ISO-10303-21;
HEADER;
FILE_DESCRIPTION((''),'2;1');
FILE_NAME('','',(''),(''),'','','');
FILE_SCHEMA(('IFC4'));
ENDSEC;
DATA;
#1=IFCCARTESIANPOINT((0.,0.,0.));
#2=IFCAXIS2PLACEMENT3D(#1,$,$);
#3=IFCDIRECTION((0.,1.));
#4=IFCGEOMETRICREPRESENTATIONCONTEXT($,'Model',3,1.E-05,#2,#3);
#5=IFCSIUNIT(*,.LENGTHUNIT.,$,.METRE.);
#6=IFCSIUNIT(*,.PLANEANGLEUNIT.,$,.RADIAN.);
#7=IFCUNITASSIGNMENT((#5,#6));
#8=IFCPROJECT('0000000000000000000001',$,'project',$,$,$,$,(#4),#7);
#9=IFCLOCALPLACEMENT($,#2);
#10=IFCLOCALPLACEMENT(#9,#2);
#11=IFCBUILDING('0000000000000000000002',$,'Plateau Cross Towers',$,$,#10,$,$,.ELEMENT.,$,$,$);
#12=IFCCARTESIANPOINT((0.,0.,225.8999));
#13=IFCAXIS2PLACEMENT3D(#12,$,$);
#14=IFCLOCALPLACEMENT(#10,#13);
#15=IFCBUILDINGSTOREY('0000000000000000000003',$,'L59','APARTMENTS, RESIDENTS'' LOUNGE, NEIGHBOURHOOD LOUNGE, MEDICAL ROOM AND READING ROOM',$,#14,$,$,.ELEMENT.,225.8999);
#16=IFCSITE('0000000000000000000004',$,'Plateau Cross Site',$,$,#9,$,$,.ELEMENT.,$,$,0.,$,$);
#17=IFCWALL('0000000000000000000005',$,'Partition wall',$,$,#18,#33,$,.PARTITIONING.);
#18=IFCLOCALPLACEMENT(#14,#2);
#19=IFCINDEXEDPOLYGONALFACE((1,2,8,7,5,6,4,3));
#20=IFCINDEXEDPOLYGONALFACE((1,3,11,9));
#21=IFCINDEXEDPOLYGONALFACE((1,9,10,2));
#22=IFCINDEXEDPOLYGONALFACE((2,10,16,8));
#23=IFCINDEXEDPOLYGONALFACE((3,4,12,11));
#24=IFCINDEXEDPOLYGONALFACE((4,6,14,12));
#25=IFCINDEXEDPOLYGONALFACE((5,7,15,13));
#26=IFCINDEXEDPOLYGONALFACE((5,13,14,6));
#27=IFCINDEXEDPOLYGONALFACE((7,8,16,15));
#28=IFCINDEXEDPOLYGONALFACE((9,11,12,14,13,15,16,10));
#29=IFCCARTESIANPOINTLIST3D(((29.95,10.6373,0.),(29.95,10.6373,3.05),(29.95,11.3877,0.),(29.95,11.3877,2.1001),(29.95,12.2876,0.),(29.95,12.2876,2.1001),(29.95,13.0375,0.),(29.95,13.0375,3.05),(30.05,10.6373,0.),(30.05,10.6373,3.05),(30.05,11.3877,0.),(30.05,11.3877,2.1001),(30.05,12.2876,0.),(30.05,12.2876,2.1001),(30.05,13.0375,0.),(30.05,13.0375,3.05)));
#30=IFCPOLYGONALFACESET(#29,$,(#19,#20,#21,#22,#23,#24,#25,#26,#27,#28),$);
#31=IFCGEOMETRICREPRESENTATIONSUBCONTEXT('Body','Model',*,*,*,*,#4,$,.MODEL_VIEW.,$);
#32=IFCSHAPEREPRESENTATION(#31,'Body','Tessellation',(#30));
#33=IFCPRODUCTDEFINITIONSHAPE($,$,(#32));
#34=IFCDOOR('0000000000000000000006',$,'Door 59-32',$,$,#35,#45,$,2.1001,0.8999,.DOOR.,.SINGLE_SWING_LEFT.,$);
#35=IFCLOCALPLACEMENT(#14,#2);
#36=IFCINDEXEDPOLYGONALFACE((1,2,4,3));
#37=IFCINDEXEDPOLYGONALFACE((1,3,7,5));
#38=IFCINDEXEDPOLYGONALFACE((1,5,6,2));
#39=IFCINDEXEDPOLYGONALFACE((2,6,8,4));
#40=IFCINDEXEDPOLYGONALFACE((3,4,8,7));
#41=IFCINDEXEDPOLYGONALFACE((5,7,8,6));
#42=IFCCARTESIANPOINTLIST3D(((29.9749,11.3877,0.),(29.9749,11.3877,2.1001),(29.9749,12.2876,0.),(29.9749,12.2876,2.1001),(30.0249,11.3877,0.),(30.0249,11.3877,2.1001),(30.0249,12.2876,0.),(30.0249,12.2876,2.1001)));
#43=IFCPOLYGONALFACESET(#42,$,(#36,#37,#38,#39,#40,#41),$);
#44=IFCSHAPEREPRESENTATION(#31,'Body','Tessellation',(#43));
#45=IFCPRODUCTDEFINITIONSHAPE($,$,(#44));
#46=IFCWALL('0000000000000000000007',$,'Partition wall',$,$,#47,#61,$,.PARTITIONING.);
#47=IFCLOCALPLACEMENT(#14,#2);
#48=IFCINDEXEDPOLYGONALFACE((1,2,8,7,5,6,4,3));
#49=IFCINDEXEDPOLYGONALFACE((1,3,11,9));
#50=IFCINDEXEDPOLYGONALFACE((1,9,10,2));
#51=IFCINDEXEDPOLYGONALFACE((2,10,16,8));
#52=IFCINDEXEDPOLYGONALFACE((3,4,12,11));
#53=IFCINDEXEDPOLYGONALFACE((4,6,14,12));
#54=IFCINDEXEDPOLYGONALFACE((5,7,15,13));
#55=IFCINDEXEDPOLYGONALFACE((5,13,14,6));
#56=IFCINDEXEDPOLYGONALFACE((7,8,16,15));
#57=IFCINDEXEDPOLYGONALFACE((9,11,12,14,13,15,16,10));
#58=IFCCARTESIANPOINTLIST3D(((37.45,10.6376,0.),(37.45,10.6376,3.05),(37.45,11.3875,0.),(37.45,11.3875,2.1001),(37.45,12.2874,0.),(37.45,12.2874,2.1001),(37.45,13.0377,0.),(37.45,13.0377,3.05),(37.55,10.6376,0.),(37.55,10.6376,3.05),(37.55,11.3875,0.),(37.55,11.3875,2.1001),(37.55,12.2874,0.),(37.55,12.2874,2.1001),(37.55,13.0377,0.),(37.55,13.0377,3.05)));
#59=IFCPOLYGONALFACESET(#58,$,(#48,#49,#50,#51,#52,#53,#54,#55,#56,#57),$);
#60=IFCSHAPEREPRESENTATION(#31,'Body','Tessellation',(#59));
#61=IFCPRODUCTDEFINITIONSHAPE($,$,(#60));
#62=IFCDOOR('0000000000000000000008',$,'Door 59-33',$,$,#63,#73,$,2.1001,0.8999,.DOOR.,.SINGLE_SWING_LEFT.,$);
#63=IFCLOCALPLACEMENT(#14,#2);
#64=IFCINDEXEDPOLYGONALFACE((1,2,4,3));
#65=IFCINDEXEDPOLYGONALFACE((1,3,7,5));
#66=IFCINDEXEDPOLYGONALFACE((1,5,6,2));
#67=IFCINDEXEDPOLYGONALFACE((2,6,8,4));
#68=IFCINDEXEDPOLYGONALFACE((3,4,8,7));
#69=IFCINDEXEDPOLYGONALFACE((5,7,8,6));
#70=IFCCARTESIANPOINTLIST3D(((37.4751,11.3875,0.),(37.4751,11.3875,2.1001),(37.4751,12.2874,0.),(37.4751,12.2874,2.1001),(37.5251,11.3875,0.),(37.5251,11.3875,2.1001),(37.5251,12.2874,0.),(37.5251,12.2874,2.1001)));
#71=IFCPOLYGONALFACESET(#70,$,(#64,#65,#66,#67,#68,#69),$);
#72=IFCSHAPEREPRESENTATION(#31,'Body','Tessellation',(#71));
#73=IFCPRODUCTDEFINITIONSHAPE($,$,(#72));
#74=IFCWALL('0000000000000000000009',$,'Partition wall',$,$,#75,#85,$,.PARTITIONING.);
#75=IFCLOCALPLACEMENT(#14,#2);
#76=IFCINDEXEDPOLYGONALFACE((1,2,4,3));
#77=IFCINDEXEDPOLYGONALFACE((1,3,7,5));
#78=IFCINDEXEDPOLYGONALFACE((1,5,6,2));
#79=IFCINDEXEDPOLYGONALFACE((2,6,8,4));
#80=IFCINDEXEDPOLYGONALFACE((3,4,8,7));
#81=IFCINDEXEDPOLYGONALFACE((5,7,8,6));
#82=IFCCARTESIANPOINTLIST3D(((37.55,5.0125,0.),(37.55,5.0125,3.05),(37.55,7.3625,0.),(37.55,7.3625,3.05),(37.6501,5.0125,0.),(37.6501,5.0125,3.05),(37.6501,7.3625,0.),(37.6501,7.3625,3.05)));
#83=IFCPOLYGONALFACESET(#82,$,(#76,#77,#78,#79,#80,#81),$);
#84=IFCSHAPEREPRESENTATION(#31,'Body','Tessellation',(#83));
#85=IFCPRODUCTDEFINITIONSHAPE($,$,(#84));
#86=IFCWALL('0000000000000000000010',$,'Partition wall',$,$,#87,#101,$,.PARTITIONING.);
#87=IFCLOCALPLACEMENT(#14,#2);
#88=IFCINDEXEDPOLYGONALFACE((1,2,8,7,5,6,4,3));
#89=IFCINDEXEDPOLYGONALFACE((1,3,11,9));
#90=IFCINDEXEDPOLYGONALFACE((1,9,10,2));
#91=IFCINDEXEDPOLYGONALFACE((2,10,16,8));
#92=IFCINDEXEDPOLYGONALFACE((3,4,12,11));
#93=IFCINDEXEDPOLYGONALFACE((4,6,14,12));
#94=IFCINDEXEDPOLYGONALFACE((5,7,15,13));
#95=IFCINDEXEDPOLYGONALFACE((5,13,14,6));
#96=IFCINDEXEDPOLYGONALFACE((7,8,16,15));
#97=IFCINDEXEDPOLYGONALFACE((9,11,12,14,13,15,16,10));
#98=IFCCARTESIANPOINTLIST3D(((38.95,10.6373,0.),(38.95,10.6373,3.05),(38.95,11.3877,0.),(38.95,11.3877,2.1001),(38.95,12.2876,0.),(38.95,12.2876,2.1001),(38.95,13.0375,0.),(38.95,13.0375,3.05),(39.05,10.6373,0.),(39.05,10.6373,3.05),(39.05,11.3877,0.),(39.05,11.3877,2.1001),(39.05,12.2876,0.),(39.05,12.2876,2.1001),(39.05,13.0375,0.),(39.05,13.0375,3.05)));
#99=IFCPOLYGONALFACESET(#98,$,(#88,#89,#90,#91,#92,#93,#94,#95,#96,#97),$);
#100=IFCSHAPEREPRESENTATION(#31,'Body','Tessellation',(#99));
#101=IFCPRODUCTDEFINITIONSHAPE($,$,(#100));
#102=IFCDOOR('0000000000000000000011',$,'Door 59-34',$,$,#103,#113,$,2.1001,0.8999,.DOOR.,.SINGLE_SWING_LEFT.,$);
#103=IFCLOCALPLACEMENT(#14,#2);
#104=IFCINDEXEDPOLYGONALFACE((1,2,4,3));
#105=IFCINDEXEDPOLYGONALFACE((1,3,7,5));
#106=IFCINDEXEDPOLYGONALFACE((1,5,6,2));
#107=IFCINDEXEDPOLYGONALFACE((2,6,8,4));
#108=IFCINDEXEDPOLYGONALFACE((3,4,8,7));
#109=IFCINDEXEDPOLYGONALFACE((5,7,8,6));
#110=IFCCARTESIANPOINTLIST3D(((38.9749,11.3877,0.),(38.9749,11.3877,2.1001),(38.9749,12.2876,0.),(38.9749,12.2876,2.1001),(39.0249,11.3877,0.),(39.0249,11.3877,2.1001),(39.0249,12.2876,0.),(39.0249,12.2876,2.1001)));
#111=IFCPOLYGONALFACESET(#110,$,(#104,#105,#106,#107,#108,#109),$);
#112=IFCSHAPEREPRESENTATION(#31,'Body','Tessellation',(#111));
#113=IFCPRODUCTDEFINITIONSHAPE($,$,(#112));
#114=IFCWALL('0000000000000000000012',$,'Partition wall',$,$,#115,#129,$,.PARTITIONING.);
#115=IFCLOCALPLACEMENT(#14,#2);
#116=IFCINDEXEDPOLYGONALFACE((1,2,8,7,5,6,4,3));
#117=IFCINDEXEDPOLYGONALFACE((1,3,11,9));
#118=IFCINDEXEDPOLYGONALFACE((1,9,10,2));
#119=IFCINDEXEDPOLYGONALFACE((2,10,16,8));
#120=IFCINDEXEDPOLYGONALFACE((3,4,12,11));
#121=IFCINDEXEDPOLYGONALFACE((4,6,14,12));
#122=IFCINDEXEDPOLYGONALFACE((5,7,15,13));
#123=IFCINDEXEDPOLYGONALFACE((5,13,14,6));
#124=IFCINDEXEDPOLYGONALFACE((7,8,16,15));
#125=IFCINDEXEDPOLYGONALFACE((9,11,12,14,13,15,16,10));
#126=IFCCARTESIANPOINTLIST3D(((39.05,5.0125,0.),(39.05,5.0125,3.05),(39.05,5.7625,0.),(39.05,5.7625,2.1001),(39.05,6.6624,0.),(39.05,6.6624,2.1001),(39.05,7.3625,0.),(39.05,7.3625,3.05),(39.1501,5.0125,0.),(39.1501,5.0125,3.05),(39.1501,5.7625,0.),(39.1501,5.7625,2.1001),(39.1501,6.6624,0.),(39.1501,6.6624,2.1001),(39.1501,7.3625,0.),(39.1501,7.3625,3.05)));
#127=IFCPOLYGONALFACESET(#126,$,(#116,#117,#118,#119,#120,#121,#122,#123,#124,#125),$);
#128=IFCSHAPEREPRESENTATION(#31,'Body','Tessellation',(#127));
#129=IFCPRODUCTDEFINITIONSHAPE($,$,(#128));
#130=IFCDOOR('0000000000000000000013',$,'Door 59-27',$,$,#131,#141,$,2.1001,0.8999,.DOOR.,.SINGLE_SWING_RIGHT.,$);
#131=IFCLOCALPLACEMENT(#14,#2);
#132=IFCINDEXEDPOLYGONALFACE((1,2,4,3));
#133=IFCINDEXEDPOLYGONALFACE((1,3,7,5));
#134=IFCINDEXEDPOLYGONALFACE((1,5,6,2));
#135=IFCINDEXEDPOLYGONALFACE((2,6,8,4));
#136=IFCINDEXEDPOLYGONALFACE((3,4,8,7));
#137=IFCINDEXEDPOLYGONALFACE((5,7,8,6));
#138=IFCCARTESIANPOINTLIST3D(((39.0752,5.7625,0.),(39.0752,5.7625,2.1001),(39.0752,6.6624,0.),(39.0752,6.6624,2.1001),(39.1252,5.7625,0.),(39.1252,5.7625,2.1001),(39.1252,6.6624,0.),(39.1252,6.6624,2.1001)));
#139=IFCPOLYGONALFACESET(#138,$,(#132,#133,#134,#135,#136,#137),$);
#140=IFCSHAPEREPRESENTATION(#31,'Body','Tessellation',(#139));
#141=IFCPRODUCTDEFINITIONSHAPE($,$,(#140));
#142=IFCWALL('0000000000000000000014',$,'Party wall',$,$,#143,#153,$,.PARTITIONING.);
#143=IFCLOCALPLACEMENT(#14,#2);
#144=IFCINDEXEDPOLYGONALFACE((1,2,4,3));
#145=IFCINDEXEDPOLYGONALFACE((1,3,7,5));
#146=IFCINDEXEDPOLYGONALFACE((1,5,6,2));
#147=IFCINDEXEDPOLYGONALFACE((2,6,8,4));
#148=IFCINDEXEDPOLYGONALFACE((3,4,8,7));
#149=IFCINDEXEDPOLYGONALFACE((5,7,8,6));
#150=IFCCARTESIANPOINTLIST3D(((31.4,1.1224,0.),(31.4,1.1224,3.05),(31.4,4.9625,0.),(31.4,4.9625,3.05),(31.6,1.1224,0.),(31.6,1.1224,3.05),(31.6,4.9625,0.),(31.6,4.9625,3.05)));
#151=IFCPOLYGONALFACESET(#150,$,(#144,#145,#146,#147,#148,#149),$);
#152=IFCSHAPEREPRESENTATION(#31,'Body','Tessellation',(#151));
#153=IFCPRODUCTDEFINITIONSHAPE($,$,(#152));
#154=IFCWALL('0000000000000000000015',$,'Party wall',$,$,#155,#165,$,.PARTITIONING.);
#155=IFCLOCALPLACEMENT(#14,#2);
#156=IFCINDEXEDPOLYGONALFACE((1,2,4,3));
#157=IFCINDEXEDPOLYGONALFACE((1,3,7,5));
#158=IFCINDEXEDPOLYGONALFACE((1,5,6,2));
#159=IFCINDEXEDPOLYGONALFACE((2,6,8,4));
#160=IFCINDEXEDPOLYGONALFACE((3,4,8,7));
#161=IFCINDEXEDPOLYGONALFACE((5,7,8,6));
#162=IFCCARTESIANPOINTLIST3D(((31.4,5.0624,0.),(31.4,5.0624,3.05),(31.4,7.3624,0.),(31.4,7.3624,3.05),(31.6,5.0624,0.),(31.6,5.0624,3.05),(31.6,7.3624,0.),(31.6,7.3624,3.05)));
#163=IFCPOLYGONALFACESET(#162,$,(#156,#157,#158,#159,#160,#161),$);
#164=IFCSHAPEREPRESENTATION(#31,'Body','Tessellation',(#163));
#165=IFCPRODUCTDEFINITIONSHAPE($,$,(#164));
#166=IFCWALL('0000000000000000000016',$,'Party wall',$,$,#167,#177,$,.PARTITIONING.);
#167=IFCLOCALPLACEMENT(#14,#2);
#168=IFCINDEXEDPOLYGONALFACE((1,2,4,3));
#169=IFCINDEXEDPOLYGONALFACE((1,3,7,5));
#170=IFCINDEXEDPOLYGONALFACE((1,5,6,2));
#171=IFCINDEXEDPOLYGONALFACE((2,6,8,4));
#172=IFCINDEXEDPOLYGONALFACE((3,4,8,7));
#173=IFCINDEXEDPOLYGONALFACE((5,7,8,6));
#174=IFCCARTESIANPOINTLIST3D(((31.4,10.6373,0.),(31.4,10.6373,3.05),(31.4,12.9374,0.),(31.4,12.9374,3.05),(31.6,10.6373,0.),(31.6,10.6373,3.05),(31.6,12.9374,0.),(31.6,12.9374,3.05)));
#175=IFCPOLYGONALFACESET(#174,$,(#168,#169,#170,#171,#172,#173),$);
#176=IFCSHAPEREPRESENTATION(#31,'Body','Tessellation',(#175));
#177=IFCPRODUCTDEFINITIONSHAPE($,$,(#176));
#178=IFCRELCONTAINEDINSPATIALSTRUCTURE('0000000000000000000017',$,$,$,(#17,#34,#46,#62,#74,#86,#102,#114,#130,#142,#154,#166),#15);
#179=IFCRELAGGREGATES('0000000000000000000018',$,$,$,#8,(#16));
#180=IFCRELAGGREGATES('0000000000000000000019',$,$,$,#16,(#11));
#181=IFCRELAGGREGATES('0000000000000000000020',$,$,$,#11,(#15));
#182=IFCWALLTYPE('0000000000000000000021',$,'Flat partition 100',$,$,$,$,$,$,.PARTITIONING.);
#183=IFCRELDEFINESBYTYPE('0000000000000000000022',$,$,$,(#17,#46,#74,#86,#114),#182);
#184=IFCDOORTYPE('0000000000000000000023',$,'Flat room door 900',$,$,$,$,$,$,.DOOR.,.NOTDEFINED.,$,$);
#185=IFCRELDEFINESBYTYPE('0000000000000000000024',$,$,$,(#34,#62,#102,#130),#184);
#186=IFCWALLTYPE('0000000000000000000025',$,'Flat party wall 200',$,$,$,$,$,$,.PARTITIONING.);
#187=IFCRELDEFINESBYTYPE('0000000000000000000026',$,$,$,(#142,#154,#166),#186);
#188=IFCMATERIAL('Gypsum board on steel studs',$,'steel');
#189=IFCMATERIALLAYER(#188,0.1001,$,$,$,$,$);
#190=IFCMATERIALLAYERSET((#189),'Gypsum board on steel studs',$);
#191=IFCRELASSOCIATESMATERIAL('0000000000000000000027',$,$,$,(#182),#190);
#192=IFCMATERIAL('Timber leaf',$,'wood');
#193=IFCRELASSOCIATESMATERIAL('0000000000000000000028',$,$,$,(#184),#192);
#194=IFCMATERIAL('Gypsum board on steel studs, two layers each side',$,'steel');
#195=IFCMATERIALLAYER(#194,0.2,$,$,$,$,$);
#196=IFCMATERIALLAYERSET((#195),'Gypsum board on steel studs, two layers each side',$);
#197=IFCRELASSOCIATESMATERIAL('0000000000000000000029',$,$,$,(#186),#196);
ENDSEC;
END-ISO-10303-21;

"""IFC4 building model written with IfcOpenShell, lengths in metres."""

from ifc_helpers import new_model, si_unit, direction, frame, frame_2d, origin, place, context, subcontext, project, spatial, rectangle, extrude, material, layer, layer_set, type_object, element, fill, save


model = new_model("IFC4")

# Units and contexts
model_context = context("Model", 3, precision=1e-05, world=origin(), true_north=direction((0.0, 1.0)))
body_context = subcontext(model_context, "Body", "Model", "MODEL_VIEW")
ifc_project = project(units=[si_unit("LENGTHUNIT", "METRE"), si_unit("PLANEANGLEUNIT", "RADIAN")], contexts=[model_context])

# Site, building, storey
site_placement = place(None, origin())
site = spatial("IfcSite", under=ifc_project, at=site_placement, Name="Plateau Cross Site", CompositionType="ELEMENT", RefElevation=0.0)
building_placement = place(site_placement, origin())
building = spatial("IfcBuilding", under=site, at=building_placement, Name="Plateau Cross Towers", CompositionType="ELEMENT")
storey_placement = place(building_placement, frame((0.0, 0.0, 225.8999)))
storey = spatial("IfcBuildingStorey", under=building, at=storey_placement, Name="L59", Description="APARTMENTS, RESIDENTS' LOUNGE, NEIGHBOURHOOD LOUNGE, MEDICAL ROOM AND READING ROOM", CompositionType="ELEMENT", Elevation=225.8999)

# Shared definitions
ifc_material_1 = material(Name="Gypsum board on steel studs", Category="steel")
ifc_layer_1 = layer(ifc_material_1, 0.1001)
ifc_layer_set_1 = layer_set([ifc_layer_1], Name="Gypsum board on steel studs")
wall_type_1 = type_object("IfcWallType", Name="Flat partition 100", PredefinedType="PARTITIONING", material=ifc_layer_set_1)

# Shared definitions
ifc_material_2 = material(Name="Timber leaf", Category="wood")
door_type_1 = type_object("IfcDoorType", Name="Flat room door 900", OperationType="NOTDEFINED", PredefinedType="DOOR", material=ifc_material_2)

# Walls, openings, doors
wall_1_placement = place(storey_placement, frame((30.0, 13.0376, 0.0), z_axis=(0.0, 0.0, 1.0), x_axis=(0.0, -1.0, 0.0)))
wall_1 = element("IfcWall", 1, at=wall_1_placement, inside=storey, type_object=wall_type_1, Name="Partition wall", PredefinedType="PARTITIONING", context=body_context, shape_type="SweptSolid", body=[
    extrude(rectangle(XDim=2.4001, YDim=0.1001, at=frame_2d((1.2002, 0.0))), origin(), (0.0, 0.0, 1.0), 3.05),
])
opening_1_placement = place(wall_1_placement, frame((0.75, 0.0, 0.0)))
opening_1 = element("IfcOpeningElement", 2, at=opening_1_placement, cuts=wall_1, PredefinedType="OPENING", context=body_context, shape_type="SweptSolid", body=[
    extrude(rectangle(XDim=0.8999, YDim=2.1001, at=frame_2d((0.45, 1.05))), frame((0.0, 0.0601, 0.0), z_axis=(0.0, -1.0, 0.0), x_axis=(1.0, 0.0, 0.0)), (0.0, 0.0, 1.0), 0.1201),
])
door_1_placement = place(opening_1_placement, origin())
door_1 = element("IfcDoor", 3, at=door_1_placement, inside=storey, type_object=door_type_1, Name="Door 59-32", OperationType="SINGLE_SWING_LEFT", OverallHeight=2.1001, OverallWidth=0.8999, PredefinedType="DOOR", context=body_context, shape_type="SweptSolid", body=[
    extrude(rectangle(XDim=0.8999, YDim=2.1001, at=frame_2d((0.45, 1.05))), frame((0.0, 0.0249, 0.0), z_axis=(0.0, -1.0, 0.0), x_axis=(1.0, 0.0, 0.0)), (0.0, 0.0, 1.0), 0.05),
])
fill(opening_1, door_1)
wall_2_placement = place(storey_placement, frame((37.5, 10.6375, 0.0), z_axis=(0.0, 0.0, 1.0), x_axis=(0.0, 1.0, 0.0)))
wall_2 = element("IfcWall", 4, at=wall_2_placement, inside=storey, type_object=wall_type_1, Name="Partition wall", PredefinedType="PARTITIONING", context=body_context, shape_type="SweptSolid", body=[
    extrude(rectangle(XDim=2.4001, YDim=0.1001, at=frame_2d((1.2002, 0.0))), origin(), (0.0, 0.0, 1.0), 3.05),
])
opening_2_placement = place(wall_2_placement, frame((0.75, 0.0, 0.0)))
opening_2 = element("IfcOpeningElement", 5, at=opening_2_placement, cuts=wall_2, PredefinedType="OPENING", context=body_context, shape_type="SweptSolid", body=[
    extrude(rectangle(XDim=0.8999, YDim=2.1001, at=frame_2d((0.45, 1.05))), frame((0.0, 0.0601, 0.0), z_axis=(0.0, -1.0, 0.0), x_axis=(1.0, 0.0, 0.0)), (0.0, 0.0, 1.0), 0.1201),
])
door_2_placement = place(opening_2_placement, origin())
door_2 = element("IfcDoor", 6, at=door_2_placement, inside=storey, type_object=door_type_1, Name="Door 59-33", OperationType="SINGLE_SWING_LEFT", OverallHeight=2.1001, OverallWidth=0.8999, PredefinedType="DOOR", context=body_context, shape_type="SweptSolid", body=[
    extrude(rectangle(XDim=0.8999, YDim=2.1001, at=frame_2d((0.45, 1.05))), frame((0.0, 0.0249, 0.0), z_axis=(0.0, -1.0, 0.0), x_axis=(1.0, 0.0, 0.0)), (0.0, 0.0, 1.0), 0.05),
])
fill(opening_2, door_2)

# Wall
wall_3_placement = place(storey_placement, frame((37.6001, 5.0125, 0.0), z_axis=(0.0, 0.0, 1.0), x_axis=(0.0, 1.0, 0.0)))
element("IfcWall", 7, at=wall_3_placement, inside=storey, type_object=wall_type_1, Name="Partition wall", PredefinedType="PARTITIONING", context=body_context, shape_type="SweptSolid", body=[
    extrude(rectangle(XDim=2.3501, YDim=0.1001, at=frame_2d((1.175, 0.0))), origin(), (0.0, 0.0, 1.0), 3.05),
])

# Walls, openings, doors
wall_4_placement = place(storey_placement, frame((39.0, 13.0376, 0.0), z_axis=(0.0, 0.0, 1.0), x_axis=(0.0, -1.0, 0.0)))
wall_4 = element("IfcWall", 8, at=wall_4_placement, inside=storey, type_object=wall_type_1, Name="Partition wall", PredefinedType="PARTITIONING", context=body_context, shape_type="SweptSolid", body=[
    extrude(rectangle(XDim=2.4001, YDim=0.1001, at=frame_2d((1.2002, 0.0))), origin(), (0.0, 0.0, 1.0), 3.05),
])
opening_3_placement = place(wall_4_placement, frame((0.75, 0.0, 0.0)))
opening_3 = element("IfcOpeningElement", 9, at=opening_3_placement, cuts=wall_4, PredefinedType="OPENING", context=body_context, shape_type="SweptSolid", body=[
    extrude(rectangle(XDim=0.8999, YDim=2.1001, at=frame_2d((0.45, 1.05))), frame((0.0, 0.0601, 0.0), z_axis=(0.0, -1.0, 0.0), x_axis=(1.0, 0.0, 0.0)), (0.0, 0.0, 1.0), 0.1201),
])
door_3_placement = place(opening_3_placement, origin())
door_3 = element("IfcDoor", 10, at=door_3_placement, inside=storey, type_object=door_type_1, Name="Door 59-34", OperationType="SINGLE_SWING_LEFT", OverallHeight=2.1001, OverallWidth=0.8999, PredefinedType="DOOR", context=body_context, shape_type="SweptSolid", body=[
    extrude(rectangle(XDim=0.8999, YDim=2.1001, at=frame_2d((0.45, 1.05))), frame((0.0, 0.0249, 0.0), z_axis=(0.0, -1.0, 0.0), x_axis=(1.0, 0.0, 0.0)), (0.0, 0.0, 1.0), 0.05),
])
fill(opening_3, door_3)
wall_5_placement = place(storey_placement, frame((39.1001, 5.0125, 0.0), z_axis=(0.0, 0.0, 1.0), x_axis=(0.0, 1.0, 0.0)))
wall_5 = element("IfcWall", 11, at=wall_5_placement, inside=storey, type_object=wall_type_1, Name="Partition wall", PredefinedType="PARTITIONING", context=body_context, shape_type="SweptSolid", body=[
    extrude(rectangle(XDim=2.3501, YDim=0.1001, at=frame_2d((1.175, 0.0))), origin(), (0.0, 0.0, 1.0), 3.05),
])
opening_4_placement = place(wall_5_placement, frame((0.75, 0.0, 0.0)))
opening_4 = element("IfcOpeningElement", 12, at=opening_4_placement, cuts=wall_5, PredefinedType="OPENING", context=body_context, shape_type="SweptSolid", body=[
    extrude(rectangle(XDim=0.8999, YDim=2.1001, at=frame_2d((0.45, 1.05))), frame((0.0, 0.0601, 0.0), z_axis=(0.0, -1.0, 0.0), x_axis=(1.0, 0.0, 0.0)), (0.0, 0.0, 1.0), 0.1201),
])
door_4_placement = place(opening_4_placement, origin())
door_4 = element("IfcDoor", 13, at=door_4_placement, inside=storey, type_object=door_type_1, Name="Door 59-27", OperationType="SINGLE_SWING_RIGHT", OverallHeight=2.1001, OverallWidth=0.8999, PredefinedType="DOOR", context=body_context, shape_type="SweptSolid", body=[
    extrude(rectangle(XDim=0.8999, YDim=2.1001, at=frame_2d((0.45, 1.05))), frame((0.0, 0.0249, 0.0), z_axis=(0.0, -1.0, 0.0), x_axis=(1.0, 0.0, 0.0)), (0.0, 0.0, 1.0), 0.05),
])
fill(opening_4, door_4)

# Walls
ifc_material_3 = material(Name="Gypsum board on steel studs, two layers each side", Category="steel")
ifc_layer_2 = layer(ifc_material_3, 0.2)
ifc_layer_set_2 = layer_set([ifc_layer_2], Name="Gypsum board on steel studs, two layers each side")
wall_type_2 = type_object("IfcWallType", Name="Flat party wall 200", PredefinedType="PARTITIONING", material=ifc_layer_set_2)
wall_6_placement = place(storey_placement, frame((31.5, 4.9624, 0.0), z_axis=(0.0, 0.0, 1.0), x_axis=(0.0, -1.0, 0.0)))
element("IfcWall", 14, at=wall_6_placement, inside=storey, type_object=wall_type_2, Name="Party wall", PredefinedType="PARTITIONING", context=body_context, shape_type="SweptSolid", body=[
    extrude(rectangle(XDim=3.8401, YDim=0.2, at=frame_2d((1.9199, 0.0))), origin(), (0.0, 0.0, 1.0), 3.05),
])
for number, where, z_axis, x_axis, name in (
    (15, (31.5, 5.0625, 0.0), (0.0, 0.0, 1.0), (0.0, 1.0, 0.0), "Party wall"),
    (16, (31.5, 10.6375, 0.0), (0.0, 0.0, 1.0), (0.0, 1.0, 0.0), "Party wall"),
):
    element("IfcWall", number, at=place(storey_placement, frame(where, z_axis=z_axis, x_axis=x_axis)), inside=storey, type_object=wall_type_2, Name=name, PredefinedType="PARTITIONING", context=body_context, shape_type="SweptSolid", body=[
        extrude(rectangle(XDim=2.3, YDim=0.2, at=frame_2d((1.1499, 0.0))), origin(), (0.0, 0.0, 1.0), 3.05),
    ])

save(model, "model.ifc")
